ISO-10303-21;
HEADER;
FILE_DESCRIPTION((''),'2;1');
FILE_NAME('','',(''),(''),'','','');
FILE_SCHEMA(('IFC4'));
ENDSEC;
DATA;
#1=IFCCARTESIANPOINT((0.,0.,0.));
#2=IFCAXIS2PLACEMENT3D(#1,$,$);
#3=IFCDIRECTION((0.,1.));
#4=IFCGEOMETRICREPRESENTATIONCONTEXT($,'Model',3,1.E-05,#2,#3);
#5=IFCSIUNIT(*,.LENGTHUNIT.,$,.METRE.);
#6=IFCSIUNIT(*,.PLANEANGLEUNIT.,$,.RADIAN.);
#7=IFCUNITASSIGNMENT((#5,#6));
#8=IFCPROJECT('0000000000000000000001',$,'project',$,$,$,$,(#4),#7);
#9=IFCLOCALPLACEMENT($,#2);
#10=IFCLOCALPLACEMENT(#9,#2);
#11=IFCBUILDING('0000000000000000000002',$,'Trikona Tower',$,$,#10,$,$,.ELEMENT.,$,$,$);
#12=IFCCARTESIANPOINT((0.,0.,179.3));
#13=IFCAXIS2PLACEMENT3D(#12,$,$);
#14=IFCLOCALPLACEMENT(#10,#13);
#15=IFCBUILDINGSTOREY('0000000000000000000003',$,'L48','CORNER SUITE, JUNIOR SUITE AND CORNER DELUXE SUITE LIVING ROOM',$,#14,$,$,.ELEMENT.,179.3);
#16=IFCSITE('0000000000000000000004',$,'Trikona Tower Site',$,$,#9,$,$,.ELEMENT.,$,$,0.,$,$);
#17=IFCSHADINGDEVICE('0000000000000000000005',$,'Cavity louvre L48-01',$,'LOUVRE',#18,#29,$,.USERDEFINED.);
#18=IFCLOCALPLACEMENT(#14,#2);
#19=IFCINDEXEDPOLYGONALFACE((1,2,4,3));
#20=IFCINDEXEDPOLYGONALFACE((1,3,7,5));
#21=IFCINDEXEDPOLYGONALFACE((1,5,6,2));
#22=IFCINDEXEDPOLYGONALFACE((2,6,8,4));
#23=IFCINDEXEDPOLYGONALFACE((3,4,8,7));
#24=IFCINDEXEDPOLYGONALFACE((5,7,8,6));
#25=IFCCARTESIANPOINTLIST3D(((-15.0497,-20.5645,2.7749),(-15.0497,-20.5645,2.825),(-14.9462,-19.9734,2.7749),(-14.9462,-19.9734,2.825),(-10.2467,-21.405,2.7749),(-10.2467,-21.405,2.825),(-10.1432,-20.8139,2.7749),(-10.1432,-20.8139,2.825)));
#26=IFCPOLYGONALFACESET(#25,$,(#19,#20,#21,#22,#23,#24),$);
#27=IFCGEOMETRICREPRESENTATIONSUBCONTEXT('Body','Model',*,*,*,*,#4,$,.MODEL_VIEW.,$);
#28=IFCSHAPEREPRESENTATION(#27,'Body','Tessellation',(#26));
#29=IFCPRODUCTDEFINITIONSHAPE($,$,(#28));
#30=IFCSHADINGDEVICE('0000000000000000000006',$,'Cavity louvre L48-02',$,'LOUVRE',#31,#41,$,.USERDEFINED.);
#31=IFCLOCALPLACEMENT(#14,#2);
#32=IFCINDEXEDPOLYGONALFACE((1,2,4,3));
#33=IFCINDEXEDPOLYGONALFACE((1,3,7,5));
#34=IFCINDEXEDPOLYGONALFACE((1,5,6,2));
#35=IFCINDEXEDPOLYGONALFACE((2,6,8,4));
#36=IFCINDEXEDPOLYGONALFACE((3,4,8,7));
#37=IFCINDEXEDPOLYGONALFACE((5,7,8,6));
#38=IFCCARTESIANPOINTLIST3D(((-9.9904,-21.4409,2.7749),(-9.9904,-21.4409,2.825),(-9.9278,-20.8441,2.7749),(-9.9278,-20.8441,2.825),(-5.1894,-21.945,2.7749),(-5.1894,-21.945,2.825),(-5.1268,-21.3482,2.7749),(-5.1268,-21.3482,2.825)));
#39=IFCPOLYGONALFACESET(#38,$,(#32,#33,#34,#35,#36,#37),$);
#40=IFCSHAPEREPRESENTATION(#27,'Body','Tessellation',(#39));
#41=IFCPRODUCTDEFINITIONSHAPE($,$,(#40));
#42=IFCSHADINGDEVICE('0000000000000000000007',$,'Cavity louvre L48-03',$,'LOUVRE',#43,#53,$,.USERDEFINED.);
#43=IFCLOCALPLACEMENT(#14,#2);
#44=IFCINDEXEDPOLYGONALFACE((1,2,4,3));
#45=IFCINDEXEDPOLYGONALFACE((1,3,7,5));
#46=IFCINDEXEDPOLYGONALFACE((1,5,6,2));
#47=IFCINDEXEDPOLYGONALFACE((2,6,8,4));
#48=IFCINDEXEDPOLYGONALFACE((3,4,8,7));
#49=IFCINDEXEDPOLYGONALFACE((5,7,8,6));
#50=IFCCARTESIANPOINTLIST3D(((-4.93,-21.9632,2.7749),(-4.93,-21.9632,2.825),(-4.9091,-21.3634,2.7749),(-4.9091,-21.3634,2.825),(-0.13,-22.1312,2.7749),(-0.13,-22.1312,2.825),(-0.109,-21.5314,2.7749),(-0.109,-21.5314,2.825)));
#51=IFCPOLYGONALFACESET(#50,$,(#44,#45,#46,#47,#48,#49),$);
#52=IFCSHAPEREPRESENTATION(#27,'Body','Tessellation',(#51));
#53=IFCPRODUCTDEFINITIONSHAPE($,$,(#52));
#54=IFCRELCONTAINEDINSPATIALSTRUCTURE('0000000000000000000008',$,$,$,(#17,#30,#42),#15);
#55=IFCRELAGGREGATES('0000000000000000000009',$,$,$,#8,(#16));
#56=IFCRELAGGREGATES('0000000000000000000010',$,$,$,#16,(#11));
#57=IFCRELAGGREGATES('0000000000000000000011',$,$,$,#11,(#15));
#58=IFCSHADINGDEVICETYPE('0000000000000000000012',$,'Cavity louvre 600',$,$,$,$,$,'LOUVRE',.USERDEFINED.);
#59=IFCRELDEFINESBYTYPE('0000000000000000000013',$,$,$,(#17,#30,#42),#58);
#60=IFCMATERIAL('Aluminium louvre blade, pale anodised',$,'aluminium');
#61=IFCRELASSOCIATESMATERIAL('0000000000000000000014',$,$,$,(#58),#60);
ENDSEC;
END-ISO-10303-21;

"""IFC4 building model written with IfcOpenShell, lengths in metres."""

from ifc_helpers import new_model, si_unit, direction, frame, origin, origin_2d, place, context, subcontext, project, spatial, rectangle, extrude, material, type_object, element, save


model = new_model("IFC4")

# Units and contexts
model_context = context("Model", 3, precision=1e-05, world=origin(), true_north=direction((0.0, 1.0)))
body_context = subcontext(model_context, "Body", "Model", "MODEL_VIEW")
ifc_project = project(units=[si_unit("LENGTHUNIT", "METRE"), si_unit("PLANEANGLEUNIT", "RADIAN")], contexts=[model_context])

# Site, building, storey
site_placement = place(None, origin())
site = spatial("IfcSite", under=ifc_project, at=site_placement, Name="Trikona Tower Site", CompositionType="ELEMENT", RefElevation=0.0)
building_placement = place(site_placement, origin())
building = spatial("IfcBuilding", under=site, at=building_placement, Name="Trikona Tower", CompositionType="ELEMENT")
storey_placement = place(building_placement, frame((0.0, 0.0, 179.3)))
storey = spatial("IfcBuildingStorey", under=building, at=storey_placement, Name="L48", Description="CORNER SUITE, JUNIOR SUITE AND CORNER DELUXE SUITE LIVING ROOM", CompositionType="ELEMENT", Elevation=179.3)

# Shading devices
ifc_material_1 = material(Name="Aluminium louvre blade, pale anodised", Category="aluminium")
shading_device_type = type_object("IfcShadingDeviceType", Name="Cavity louvre 600", ElementType="LOUVRE", PredefinedType="USERDEFINED", material=ifc_material_1)
shading_device_1_placement = place(storey_placement, frame((-12.5964, -20.6892, 2.7749), z_axis=(0.0, 0.0, 1.0), x_axis=(0.985031, -0.17238, 0.0)))
element("IfcShadingDevice", 1, at=shading_device_1_placement, inside=storey, type_object=shading_device_type, Name="Cavity louvre L48-01", ObjectType="LOUVRE", PredefinedType="USERDEFINED", context=body_context, shape_type="SweptSolid", body=[
    extrude(rectangle(XDim=4.876, YDim=0.6001, at=origin_2d()), origin(), (0.0, 0.0, 1.0), 0.05),
])
shading_device_2_placement = place(storey_placement, frame((-7.5586, -21.3945, 2.7749), z_axis=(0.0, 0.0, 1.0), x_axis=(0.994533, -0.104426, 0.0)))
element("IfcShadingDevice", 2, at=shading_device_2_placement, inside=storey, type_object=shading_device_type, Name="Cavity louvre L48-02", ObjectType="LOUVRE", PredefinedType="USERDEFINED", context=body_context, shape_type="SweptSolid", body=[
    extrude(rectangle(XDim=4.8274, YDim=0.6001, at=origin_2d()), origin(), (0.0, 0.0, 1.0), 0.05),
])
shading_device_3_placement = place(storey_placement, frame((-2.5195, -21.7473, 2.7749), z_axis=(0.0, 0.0, 1.0), x_axis=(0.999388, -0.034978, 0.0)))
element("IfcShadingDevice", 3, at=shading_device_3_placement, inside=storey, type_object=shading_device_type, Name="Cavity louvre L48-03", ObjectType="LOUVRE", PredefinedType="USERDEFINED", context=body_context, shape_type="SweptSolid", body=[
    extrude(rectangle(XDim=4.803, YDim=0.6001, at=origin_2d()), origin(), (0.0, 0.0, 1.0), 0.05),
])

save(model, "model.ifc")
